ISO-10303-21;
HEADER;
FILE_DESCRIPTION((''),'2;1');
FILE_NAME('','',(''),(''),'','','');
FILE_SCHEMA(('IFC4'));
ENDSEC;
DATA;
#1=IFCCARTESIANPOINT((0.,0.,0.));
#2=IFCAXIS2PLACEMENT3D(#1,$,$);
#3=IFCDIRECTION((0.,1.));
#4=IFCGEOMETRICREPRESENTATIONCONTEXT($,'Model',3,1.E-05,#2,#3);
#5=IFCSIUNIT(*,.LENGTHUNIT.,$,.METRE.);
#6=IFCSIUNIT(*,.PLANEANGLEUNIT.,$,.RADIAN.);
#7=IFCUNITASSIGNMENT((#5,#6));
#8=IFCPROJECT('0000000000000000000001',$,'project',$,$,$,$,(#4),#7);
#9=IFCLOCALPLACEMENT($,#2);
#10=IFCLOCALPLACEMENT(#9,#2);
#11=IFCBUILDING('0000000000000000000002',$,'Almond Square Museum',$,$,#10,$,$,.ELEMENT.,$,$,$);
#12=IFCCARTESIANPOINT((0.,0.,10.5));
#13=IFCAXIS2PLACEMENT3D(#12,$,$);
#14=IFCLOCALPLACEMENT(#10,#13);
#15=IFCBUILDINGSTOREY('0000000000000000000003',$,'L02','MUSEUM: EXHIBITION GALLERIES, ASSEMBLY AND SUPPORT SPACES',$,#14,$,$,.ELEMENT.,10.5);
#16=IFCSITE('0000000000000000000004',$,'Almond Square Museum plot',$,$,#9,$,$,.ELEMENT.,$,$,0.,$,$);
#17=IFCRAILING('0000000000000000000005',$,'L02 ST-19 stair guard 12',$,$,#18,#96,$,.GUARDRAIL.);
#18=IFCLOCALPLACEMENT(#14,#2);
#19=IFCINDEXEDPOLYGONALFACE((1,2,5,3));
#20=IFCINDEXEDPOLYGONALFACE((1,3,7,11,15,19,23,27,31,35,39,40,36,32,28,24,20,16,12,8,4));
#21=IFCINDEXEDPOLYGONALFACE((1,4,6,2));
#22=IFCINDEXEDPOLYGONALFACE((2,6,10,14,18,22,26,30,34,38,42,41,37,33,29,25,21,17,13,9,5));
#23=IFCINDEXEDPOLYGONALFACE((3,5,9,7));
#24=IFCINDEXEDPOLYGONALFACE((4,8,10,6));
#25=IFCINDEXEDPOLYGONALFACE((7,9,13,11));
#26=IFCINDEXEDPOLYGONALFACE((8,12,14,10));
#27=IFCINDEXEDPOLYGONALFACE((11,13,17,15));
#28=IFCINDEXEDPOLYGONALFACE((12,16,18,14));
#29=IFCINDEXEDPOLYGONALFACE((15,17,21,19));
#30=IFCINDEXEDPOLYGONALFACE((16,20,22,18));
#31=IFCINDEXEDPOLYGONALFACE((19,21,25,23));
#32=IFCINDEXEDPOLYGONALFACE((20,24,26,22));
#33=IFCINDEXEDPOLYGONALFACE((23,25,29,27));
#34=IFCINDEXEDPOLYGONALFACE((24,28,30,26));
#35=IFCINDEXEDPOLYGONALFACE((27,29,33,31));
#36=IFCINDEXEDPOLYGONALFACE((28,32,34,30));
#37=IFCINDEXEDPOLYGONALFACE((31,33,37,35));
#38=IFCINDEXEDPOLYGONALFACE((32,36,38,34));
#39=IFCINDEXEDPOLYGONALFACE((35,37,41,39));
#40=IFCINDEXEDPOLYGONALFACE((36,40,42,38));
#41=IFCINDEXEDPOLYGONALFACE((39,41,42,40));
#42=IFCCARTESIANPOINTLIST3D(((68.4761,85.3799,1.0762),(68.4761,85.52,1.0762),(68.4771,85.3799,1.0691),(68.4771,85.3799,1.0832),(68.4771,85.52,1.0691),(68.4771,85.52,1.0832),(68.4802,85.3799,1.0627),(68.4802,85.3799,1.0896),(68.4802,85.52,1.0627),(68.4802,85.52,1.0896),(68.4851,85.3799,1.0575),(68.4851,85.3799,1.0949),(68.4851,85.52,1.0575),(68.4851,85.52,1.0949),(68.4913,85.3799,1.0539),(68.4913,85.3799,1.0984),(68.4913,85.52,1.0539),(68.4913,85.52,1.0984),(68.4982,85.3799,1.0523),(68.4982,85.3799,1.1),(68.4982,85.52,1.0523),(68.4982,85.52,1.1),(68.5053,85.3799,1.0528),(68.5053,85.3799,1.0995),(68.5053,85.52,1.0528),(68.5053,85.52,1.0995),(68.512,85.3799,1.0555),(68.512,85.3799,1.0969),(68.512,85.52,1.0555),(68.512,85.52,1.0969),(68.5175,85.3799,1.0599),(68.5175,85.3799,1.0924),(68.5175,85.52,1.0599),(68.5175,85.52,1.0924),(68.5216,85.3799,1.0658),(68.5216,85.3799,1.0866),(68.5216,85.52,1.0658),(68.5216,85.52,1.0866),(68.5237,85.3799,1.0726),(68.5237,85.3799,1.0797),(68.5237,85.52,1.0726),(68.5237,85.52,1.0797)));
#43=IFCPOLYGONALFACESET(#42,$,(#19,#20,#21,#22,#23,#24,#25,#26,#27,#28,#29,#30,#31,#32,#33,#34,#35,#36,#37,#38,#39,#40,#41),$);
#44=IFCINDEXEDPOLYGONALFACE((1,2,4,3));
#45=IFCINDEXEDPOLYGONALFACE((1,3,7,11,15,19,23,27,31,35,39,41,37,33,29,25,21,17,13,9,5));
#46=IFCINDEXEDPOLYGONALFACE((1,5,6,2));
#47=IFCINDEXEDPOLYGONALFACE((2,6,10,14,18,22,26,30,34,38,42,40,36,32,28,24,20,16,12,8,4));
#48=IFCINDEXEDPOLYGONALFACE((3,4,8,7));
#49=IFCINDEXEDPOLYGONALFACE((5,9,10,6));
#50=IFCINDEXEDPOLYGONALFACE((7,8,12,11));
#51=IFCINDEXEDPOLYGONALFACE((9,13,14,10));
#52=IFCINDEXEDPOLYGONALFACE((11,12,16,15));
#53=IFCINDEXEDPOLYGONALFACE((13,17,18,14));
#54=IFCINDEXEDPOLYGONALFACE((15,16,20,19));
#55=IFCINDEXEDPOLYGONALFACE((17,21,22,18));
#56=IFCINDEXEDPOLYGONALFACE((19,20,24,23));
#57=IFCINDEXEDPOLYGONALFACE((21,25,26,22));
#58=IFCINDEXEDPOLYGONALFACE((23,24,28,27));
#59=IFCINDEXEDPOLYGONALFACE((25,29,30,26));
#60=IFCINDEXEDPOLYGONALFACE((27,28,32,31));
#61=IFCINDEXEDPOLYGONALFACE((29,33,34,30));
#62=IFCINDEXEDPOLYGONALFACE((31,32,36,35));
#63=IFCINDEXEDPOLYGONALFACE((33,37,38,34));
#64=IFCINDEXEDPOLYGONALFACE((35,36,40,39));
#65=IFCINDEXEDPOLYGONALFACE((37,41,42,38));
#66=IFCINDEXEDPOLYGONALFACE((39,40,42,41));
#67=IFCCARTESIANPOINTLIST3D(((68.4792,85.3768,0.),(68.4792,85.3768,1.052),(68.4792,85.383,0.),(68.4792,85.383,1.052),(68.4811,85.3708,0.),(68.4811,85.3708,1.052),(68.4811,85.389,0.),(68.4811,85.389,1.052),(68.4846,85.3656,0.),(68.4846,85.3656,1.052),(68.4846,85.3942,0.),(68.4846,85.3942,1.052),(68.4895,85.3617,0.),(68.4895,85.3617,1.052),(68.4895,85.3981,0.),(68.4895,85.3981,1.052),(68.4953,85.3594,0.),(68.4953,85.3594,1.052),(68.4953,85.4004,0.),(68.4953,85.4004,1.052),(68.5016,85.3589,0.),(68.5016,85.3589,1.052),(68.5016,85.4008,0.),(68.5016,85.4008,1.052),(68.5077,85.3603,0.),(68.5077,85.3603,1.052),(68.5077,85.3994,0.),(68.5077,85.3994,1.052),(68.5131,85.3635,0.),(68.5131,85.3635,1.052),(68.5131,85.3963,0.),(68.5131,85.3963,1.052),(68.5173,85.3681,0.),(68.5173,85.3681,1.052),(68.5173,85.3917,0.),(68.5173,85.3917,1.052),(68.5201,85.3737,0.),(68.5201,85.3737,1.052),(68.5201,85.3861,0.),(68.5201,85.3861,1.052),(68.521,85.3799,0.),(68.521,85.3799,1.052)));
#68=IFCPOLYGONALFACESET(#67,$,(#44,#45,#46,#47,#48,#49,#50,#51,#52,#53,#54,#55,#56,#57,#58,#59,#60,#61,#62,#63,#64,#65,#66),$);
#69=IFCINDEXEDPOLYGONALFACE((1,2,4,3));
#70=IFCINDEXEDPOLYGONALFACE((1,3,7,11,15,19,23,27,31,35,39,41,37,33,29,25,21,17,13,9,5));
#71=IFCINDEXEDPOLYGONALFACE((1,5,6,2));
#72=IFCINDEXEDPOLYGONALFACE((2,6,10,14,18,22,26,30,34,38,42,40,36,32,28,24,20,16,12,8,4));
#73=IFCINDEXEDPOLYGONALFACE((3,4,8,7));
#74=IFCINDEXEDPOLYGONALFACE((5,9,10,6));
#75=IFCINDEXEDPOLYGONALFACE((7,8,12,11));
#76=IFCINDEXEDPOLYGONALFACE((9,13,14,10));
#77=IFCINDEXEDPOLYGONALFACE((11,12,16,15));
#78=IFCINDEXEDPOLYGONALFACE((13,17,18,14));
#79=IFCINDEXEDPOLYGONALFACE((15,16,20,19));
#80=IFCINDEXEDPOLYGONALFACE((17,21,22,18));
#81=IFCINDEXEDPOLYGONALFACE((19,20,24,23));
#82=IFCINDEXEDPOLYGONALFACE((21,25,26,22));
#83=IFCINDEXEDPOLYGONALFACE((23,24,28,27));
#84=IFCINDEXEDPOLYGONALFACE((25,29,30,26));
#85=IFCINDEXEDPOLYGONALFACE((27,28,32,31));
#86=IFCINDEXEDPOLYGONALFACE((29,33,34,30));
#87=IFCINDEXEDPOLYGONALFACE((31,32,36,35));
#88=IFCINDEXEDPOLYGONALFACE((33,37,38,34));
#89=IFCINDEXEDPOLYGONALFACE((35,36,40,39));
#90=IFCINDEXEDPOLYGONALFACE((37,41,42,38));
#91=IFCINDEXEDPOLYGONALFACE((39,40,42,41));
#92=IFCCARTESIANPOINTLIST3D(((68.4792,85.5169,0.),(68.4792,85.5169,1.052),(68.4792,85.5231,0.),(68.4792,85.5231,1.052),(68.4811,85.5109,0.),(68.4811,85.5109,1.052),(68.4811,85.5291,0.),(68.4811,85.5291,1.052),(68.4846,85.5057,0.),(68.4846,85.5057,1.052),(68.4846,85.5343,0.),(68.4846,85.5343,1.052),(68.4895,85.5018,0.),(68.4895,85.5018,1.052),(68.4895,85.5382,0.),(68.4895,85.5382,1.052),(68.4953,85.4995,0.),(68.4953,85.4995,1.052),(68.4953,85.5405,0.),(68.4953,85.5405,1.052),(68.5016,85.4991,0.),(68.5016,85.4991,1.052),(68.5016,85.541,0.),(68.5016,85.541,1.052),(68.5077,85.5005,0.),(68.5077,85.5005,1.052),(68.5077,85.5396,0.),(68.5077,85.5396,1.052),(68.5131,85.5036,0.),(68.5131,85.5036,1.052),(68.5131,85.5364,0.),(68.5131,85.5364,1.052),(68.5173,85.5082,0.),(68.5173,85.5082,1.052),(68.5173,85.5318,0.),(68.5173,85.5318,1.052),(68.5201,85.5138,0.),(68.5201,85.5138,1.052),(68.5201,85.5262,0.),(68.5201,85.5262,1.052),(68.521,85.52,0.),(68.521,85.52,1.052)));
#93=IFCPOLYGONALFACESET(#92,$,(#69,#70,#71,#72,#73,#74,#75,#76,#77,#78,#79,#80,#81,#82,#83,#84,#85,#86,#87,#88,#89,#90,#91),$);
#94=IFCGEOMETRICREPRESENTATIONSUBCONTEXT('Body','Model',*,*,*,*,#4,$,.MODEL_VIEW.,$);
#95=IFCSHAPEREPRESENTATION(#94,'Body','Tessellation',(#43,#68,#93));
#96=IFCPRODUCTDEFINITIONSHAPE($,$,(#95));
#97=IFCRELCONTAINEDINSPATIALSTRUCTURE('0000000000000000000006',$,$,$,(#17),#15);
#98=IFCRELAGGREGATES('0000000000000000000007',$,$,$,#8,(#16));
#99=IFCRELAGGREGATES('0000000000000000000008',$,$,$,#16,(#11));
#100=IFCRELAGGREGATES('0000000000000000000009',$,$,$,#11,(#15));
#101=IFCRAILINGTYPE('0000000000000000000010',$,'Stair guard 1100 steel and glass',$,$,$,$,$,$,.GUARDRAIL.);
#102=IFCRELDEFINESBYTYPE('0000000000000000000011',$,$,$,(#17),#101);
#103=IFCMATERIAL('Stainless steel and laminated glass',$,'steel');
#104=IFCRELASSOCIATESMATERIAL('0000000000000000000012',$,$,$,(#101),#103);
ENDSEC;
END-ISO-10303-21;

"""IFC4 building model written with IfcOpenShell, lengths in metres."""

from ifc_helpers import new_model, si_unit, direction, frame, origin, origin_2d, place, context, subcontext, project, spatial, circle, extrude, material, type_object, element, save


model = new_model("IFC4")

# Units and contexts
model_context = context("Model", 3, precision=1e-05, world=origin(), true_north=direction((0.0, 1.0)))
body_context = subcontext(model_context, "Body", "Model", "MODEL_VIEW")
ifc_project = project(units=[si_unit("LENGTHUNIT", "METRE"), si_unit("PLANEANGLEUNIT", "RADIAN")], contexts=[model_context])

# Site, building, storey
site_placement = place(None, origin())
site = spatial("IfcSite", under=ifc_project, at=site_placement, Name="Almond Square Museum plot", CompositionType="ELEMENT", RefElevation=0.0)
building_placement = place(site_placement, origin())
building = spatial("IfcBuilding", under=site, at=building_placement, Name="Almond Square Museum", CompositionType="ELEMENT")
storey_placement = place(building_placement, frame((0.0, 0.0, 10.5)))
storey = spatial("IfcBuildingStorey", under=building, at=storey_placement, Name="L02", Description="MUSEUM: EXHIBITION GALLERIES, ASSEMBLY AND SUPPORT SPACES", CompositionType="ELEMENT", Elevation=10.5)

# Railing
ifc_material_1 = material(Name="Stainless steel and laminated glass", Category="steel")
railing_type_1 = type_object("IfcRailingType", Name="Stair guard 1100 steel and glass", PredefinedType="GUARDRAIL", material=ifc_material_1)
railing_1_placement = place(storey_placement, frame((68.5, 85.3799, 0.0)))
element("IfcRailing", 1, at=railing_1_placement, inside=storey, type_object=railing_type_1, Name="L02 ST-19 stair guard 12", PredefinedType="GUARDRAIL", context=body_context, shape_type="SweptSolid", body=[
    extrude(circle(Radius=0.0239, at=origin_2d()), frame((0.0, 0.0, 1.0762), z_axis=(0.0, 1.0, 0.0), x_axis=(-1.0, 0.0, 0.0)), (0.0, 0.0, 1.0), 0.1401),
    extrude(circle(Radius=0.021, at=origin_2d()), origin(), (0.0, 0.0, 1.0), 1.052),
    extrude(circle(Radius=0.021, at=origin_2d()), frame((0.0, 0.1401, 0.0)), (0.0, 0.0, 1.0), 1.052),
])

save(model, "model.ifc")
